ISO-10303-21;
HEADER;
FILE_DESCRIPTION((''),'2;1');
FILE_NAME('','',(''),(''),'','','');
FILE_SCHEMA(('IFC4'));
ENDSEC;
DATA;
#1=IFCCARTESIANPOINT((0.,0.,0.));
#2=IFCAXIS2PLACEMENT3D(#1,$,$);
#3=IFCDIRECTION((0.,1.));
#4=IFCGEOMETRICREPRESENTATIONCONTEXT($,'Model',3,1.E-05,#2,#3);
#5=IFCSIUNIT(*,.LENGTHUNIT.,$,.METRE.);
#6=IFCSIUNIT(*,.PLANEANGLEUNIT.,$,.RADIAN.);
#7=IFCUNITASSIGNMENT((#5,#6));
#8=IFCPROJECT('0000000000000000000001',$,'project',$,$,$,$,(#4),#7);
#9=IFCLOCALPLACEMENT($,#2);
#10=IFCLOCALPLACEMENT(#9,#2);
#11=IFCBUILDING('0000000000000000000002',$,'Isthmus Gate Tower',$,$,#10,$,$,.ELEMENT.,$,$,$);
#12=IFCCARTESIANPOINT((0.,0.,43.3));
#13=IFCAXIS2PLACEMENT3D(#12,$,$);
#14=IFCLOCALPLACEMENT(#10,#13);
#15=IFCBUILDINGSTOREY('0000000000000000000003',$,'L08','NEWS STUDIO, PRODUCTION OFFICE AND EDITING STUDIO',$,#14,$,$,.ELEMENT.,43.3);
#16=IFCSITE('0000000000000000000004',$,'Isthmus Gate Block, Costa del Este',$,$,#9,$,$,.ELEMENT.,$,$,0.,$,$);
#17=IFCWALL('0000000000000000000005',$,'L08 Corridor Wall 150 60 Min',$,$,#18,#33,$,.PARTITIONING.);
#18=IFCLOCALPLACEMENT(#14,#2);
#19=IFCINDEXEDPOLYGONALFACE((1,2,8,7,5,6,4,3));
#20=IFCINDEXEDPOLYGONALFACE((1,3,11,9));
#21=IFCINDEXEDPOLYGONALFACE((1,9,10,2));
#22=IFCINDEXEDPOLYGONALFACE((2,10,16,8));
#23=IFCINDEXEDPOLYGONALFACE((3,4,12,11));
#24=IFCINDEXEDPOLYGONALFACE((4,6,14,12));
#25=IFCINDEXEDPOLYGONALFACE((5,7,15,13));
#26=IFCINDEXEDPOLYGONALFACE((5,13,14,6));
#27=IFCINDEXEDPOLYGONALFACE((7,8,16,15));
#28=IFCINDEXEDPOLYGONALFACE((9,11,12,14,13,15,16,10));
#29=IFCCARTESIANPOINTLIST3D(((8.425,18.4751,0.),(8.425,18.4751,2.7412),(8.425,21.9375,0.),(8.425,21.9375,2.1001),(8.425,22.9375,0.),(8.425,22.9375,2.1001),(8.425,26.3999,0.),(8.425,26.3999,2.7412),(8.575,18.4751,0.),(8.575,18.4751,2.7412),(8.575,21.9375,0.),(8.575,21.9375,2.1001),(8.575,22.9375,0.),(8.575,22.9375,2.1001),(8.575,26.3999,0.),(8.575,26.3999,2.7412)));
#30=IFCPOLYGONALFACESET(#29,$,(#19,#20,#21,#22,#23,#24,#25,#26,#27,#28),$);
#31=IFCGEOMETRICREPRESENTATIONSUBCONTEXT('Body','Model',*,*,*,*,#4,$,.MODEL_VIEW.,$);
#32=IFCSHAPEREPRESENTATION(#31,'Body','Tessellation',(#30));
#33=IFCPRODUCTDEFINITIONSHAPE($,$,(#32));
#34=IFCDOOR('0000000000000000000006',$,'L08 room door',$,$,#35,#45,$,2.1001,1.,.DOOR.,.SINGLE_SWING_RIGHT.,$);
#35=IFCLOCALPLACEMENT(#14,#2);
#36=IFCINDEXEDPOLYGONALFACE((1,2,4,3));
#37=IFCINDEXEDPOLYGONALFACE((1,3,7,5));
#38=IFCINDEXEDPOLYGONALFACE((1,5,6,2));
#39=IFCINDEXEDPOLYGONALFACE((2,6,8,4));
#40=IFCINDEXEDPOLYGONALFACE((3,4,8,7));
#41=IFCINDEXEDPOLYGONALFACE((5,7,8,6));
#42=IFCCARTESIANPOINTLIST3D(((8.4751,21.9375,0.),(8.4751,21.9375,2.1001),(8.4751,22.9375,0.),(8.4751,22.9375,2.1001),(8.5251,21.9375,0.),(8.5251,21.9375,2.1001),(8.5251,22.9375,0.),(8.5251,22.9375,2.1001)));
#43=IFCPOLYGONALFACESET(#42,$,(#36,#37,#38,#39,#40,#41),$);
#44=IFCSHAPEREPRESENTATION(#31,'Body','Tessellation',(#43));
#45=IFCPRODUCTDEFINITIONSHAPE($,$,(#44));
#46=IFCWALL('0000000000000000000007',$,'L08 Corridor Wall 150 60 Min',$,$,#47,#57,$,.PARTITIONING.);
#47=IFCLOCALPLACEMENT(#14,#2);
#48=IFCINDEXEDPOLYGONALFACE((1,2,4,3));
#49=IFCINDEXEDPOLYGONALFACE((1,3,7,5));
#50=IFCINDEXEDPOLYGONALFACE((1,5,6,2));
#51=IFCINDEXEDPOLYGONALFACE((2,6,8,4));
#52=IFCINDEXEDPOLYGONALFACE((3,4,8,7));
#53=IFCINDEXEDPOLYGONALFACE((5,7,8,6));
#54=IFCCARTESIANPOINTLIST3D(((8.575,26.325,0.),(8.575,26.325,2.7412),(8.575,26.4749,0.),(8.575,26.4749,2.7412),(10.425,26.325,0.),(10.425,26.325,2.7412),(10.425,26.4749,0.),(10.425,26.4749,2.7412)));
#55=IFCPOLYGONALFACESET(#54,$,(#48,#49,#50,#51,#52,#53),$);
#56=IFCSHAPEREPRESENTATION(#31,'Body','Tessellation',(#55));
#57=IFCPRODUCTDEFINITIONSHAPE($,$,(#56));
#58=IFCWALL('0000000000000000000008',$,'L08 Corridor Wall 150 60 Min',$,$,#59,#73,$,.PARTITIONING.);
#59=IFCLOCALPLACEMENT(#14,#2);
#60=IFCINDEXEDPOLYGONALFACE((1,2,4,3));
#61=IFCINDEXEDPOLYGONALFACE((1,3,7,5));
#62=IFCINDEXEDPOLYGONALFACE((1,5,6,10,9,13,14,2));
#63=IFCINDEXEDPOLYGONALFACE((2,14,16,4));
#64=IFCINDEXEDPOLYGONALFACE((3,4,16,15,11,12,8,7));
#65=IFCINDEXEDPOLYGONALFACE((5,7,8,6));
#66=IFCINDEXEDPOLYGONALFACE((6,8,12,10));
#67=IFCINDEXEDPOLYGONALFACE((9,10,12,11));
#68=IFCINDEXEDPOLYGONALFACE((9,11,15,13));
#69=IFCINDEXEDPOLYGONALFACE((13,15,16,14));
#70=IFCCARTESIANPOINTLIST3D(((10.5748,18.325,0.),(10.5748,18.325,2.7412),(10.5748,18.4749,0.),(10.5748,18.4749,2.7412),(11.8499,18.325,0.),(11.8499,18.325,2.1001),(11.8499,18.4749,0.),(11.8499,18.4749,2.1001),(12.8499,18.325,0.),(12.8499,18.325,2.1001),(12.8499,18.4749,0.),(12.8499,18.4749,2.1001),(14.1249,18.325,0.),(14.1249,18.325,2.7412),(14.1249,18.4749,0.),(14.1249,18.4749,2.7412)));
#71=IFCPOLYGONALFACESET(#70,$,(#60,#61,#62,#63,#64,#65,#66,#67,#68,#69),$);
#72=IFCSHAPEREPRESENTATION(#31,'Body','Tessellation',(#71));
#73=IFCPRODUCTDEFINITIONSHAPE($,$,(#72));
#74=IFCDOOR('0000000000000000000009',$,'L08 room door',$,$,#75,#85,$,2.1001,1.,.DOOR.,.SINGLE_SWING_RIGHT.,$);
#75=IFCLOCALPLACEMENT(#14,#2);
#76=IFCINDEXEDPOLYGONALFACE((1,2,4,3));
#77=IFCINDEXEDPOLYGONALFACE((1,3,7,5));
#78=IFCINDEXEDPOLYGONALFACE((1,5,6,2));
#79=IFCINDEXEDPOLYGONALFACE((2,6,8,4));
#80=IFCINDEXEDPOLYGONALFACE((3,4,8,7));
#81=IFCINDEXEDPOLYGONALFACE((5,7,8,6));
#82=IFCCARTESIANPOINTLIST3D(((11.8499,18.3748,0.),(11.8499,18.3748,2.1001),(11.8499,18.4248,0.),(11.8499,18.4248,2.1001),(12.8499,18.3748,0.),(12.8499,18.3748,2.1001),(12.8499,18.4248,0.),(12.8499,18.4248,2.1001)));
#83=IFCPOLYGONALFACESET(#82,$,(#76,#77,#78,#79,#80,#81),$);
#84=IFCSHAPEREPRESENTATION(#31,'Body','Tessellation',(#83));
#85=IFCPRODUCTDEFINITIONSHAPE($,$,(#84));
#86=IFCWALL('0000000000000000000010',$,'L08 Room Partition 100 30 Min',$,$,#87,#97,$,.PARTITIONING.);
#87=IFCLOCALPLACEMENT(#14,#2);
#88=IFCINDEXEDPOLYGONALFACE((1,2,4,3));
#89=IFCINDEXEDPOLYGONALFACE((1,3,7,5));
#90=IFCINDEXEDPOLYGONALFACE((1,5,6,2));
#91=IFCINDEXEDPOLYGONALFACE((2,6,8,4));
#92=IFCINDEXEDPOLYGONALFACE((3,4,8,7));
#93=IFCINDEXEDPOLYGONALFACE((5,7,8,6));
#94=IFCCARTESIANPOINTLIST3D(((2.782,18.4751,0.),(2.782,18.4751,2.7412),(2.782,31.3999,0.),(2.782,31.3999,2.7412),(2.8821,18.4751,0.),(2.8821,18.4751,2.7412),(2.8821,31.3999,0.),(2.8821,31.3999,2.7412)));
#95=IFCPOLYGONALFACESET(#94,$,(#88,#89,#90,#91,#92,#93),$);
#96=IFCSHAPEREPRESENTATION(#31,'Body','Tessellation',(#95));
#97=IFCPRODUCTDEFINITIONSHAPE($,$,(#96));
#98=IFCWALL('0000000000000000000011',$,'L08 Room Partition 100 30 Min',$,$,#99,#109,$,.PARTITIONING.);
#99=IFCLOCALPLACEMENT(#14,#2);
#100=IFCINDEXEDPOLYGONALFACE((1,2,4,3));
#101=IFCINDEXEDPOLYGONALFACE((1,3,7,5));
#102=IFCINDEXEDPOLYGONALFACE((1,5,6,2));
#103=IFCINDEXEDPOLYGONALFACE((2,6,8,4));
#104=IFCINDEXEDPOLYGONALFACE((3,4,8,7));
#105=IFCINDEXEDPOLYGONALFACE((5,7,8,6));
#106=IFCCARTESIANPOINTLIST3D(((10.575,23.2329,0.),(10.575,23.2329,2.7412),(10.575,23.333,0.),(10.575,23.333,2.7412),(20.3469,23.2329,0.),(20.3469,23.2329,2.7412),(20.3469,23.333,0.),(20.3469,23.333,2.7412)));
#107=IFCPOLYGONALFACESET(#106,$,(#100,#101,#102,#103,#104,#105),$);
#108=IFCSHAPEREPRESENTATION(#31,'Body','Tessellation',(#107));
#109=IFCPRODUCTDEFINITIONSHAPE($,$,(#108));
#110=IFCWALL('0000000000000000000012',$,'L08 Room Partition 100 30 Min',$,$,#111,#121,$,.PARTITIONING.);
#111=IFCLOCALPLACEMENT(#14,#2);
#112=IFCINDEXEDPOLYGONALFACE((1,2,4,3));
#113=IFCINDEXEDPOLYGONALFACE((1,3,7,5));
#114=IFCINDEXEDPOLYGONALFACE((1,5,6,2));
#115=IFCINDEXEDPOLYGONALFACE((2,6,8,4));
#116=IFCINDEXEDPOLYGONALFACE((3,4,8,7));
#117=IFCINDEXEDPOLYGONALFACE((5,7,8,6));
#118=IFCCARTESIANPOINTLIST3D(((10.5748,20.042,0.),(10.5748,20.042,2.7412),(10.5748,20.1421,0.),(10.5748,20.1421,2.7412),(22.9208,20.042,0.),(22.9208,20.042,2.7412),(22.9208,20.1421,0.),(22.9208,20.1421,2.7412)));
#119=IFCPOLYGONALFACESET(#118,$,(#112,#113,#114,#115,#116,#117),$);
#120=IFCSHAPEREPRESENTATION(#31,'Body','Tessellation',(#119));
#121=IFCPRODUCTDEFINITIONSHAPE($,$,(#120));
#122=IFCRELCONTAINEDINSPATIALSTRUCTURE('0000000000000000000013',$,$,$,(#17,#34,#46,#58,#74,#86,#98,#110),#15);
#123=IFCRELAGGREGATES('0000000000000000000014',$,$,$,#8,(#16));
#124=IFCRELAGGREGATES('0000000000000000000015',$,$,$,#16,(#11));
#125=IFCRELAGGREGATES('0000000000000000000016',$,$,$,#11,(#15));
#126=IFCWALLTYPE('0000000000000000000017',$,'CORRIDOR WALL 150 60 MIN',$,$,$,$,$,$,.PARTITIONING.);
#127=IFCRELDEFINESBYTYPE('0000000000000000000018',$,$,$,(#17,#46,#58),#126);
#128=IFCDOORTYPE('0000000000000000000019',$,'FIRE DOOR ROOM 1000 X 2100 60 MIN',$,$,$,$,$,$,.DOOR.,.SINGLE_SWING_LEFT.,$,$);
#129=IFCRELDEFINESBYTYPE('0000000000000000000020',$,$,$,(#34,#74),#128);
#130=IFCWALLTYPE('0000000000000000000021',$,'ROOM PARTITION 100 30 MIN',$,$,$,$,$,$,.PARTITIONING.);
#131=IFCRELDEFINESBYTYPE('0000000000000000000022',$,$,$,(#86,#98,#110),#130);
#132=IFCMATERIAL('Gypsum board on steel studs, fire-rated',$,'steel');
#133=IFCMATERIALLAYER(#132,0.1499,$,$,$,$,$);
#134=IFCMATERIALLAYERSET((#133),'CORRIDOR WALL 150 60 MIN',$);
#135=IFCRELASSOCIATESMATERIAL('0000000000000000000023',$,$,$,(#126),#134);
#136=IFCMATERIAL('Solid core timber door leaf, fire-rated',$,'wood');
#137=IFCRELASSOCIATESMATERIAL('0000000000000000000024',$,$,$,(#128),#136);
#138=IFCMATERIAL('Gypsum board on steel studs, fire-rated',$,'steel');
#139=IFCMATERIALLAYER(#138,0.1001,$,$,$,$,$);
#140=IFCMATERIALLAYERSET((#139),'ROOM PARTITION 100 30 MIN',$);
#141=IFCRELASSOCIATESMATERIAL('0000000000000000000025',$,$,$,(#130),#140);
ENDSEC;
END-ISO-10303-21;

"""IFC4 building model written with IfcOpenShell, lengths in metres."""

from ifc_helpers import new_model, si_unit, direction, frame, frame_2d, origin, place, context, subcontext, project, spatial, rectangle, extrude, material, layer, layer_set, type_object, element, fill, save


model = new_model("IFC4")

# Units and contexts
model_context = context("Model", 3, precision=1e-05, world=origin(), true_north=direction((0.0, 1.0)))
body_context = subcontext(model_context, "Body", "Model", "MODEL_VIEW")
ifc_project = project(units=[si_unit("LENGTHUNIT", "METRE"), si_unit("PLANEANGLEUNIT", "RADIAN")], contexts=[model_context])

# Site, building, storey
site_placement = place(None, origin())
site = spatial("IfcSite", under=ifc_project, at=site_placement, Name="Isthmus Gate Block, Costa del Este", CompositionType="ELEMENT", RefElevation=0.0)
building_placement = place(site_placement, origin())
building = spatial("IfcBuilding", under=site, at=building_placement, Name="Isthmus Gate Tower", CompositionType="ELEMENT")
storey_placement = place(building_placement, frame((0.0, 0.0, 43.3)))
storey = spatial("IfcBuildingStorey", under=building, at=storey_placement, Name="L08", Description="NEWS STUDIO, PRODUCTION OFFICE AND EDITING STUDIO", CompositionType="ELEMENT", Elevation=43.3)

# Shared definitions
ifc_material_1 = material(Name="Gypsum board on steel studs, fire-rated", Category="steel")
ifc_layer_1 = layer(ifc_material_1, 0.1499)
ifc_layer_set_1 = layer_set([ifc_layer_1], Name="CORRIDOR WALL 150 60 MIN")
wall_type_1 = type_object("IfcWallType", Name="CORRIDOR WALL 150 60 MIN", PredefinedType="PARTITIONING", material=ifc_layer_set_1)

# Shared definitions
ifc_material_2 = material(Name="Solid core timber door leaf, fire-rated", Category="wood")
door_type = type_object("IfcDoorType", Name="FIRE DOOR ROOM 1000 X 2100 60 MIN", OperationType="SINGLE_SWING_LEFT", PredefinedType="DOOR", material=ifc_material_2)

# Wall, opening, door
wall_1_placement = place(storey_placement, frame((8.5, 18.4751, 0.0), z_axis=(0.0, 0.0, 1.0), x_axis=(0.0, 1.0, 0.0)))
wall_1 = element("IfcWall", 1, at=wall_1_placement, inside=storey, type_object=wall_type_1, Name="L08 Corridor Wall 150 60 Min", PredefinedType="PARTITIONING", context=body_context, shape_type="SweptSolid", body=[
    extrude(rectangle(XDim=7.9248, YDim=0.1499, at=frame_2d((3.9624, 0.0))), origin(), (0.0, 0.0, 1.0), 2.7412),
])
opening_1_placement = place(wall_1_placement, frame((3.4624, 0.0, 0.0)))
opening_1 = element("IfcOpeningElement", 2, at=opening_1_placement, cuts=wall_1, PredefinedType="OPENING", context=body_context, shape_type="SweptSolid", body=[
    extrude(rectangle(XDim=1.0, YDim=2.1001, at=frame_2d((0.5, 1.05))), frame((0.0, 0.085, 0.0), z_axis=(0.0, -1.0, 0.0), x_axis=(1.0, 0.0, 0.0)), (0.0, 0.0, 1.0), 0.1699),
])
door_1_placement = place(opening_1_placement, origin())
door_1 = element("IfcDoor", 3, at=door_1_placement, inside=storey, type_object=door_type, Name="L08 room door", OperationType="SINGLE_SWING_RIGHT", OverallHeight=2.1001, OverallWidth=1.0, PredefinedType="DOOR", context=body_context, shape_type="SweptSolid", body=[
    extrude(rectangle(XDim=1.0, YDim=2.1001, at=frame_2d((0.5, 1.05))), frame((0.0, 0.0249, 0.0), z_axis=(0.0, -1.0, 0.0), x_axis=(1.0, 0.0, 0.0)), (0.0, 0.0, 1.0), 0.05),
])
fill(opening_1, door_1)

# Wall
wall_2_placement = place(storey_placement, frame((8.575, 26.3999, 0.0), z_axis=(0.0, 0.0, 1.0), x_axis=(1.0, 0.0, 0.0)))
element("IfcWall", 4, at=wall_2_placement, inside=storey, type_object=wall_type_1, Name="L08 Corridor Wall 150 60 Min", PredefinedType="PARTITIONING", context=body_context, shape_type="SweptSolid", body=[
    extrude(rectangle(XDim=1.8501, YDim=0.1499, at=frame_2d((0.925, 0.0))), origin(), (0.0, 0.0, 1.0), 2.7412),
])

# Wall, opening, door
wall_3_placement = place(storey_placement, frame((10.575, 18.3999, 0.0), z_axis=(0.0, 0.0, 1.0), x_axis=(1.0, 0.0, 0.0)))
wall_3 = element("IfcWall", 5, at=wall_3_placement, inside=storey, type_object=wall_type_1, Name="L08 Corridor Wall 150 60 Min", PredefinedType="PARTITIONING", context=body_context, shape_type="SweptSolid", body=[
    extrude(rectangle(XDim=3.55, YDim=0.1499, at=frame_2d((1.7749, 0.0))), origin(), (0.0, 0.0, 1.0), 2.7412),
])
opening_2_placement = place(wall_3_placement, frame((1.2749, 0.0, 0.0)))
opening_2 = element("IfcOpeningElement", 6, at=opening_2_placement, cuts=wall_3, PredefinedType="OPENING", context=body_context, shape_type="SweptSolid", body=[
    extrude(rectangle(XDim=1.0, YDim=2.1001, at=frame_2d((0.5, 1.05))), frame((0.0, 0.085, 0.0), z_axis=(0.0, -1.0, 0.0), x_axis=(1.0, 0.0, 0.0)), (0.0, 0.0, 1.0), 0.1699),
])
door_2_placement = place(opening_2_placement, origin())
door_2 = element("IfcDoor", 7, at=door_2_placement, inside=storey, type_object=door_type, Name="L08 room door", OperationType="SINGLE_SWING_RIGHT", OverallHeight=2.1001, OverallWidth=1.0, PredefinedType="DOOR", context=body_context, shape_type="SweptSolid", body=[
    extrude(rectangle(XDim=1.0, YDim=2.1001, at=frame_2d((0.5, 1.05))), frame((0.0, 0.0249, 0.0), z_axis=(0.0, -1.0, 0.0), x_axis=(1.0, 0.0, 0.0)), (0.0, 0.0, 1.0), 0.05),
])
fill(opening_2, door_2)

# Walls
ifc_material_3 = material(Name="Gypsum board on steel studs, fire-rated", Category="steel")
ifc_layer_2 = layer(ifc_material_3, 0.1001)
ifc_layer_set_2 = layer_set([ifc_layer_2], Name="ROOM PARTITION 100 30 MIN")
wall_type_2 = type_object("IfcWallType", Name="ROOM PARTITION 100 30 MIN", PredefinedType="PARTITIONING", material=ifc_layer_set_2)
wall_4_placement = place(storey_placement, frame((2.832, 18.4751, 0.0), z_axis=(0.0, 0.0, 1.0), x_axis=(0.0, 1.0, 0.0)))
element("IfcWall", 8, at=wall_4_placement, inside=storey, type_object=wall_type_2, Name="L08 Room Partition 100 30 Min", PredefinedType="PARTITIONING", context=body_context, shape_type="SweptSolid", body=[
    extrude(rectangle(XDim=12.9248, YDim=0.1001, at=frame_2d((6.4624, 0.0))), origin(), (0.0, 0.0, 1.0), 2.7412),
])
wall_5_placement = place(storey_placement, frame((10.575, 23.283, 0.0), z_axis=(0.0, 0.0, 1.0), x_axis=(1.0, 0.0, 0.0)))
element("IfcWall", 9, at=wall_5_placement, inside=storey, type_object=wall_type_2, Name="L08 Room Partition 100 30 Min", PredefinedType="PARTITIONING", context=body_context, shape_type="SweptSolid", body=[
    extrude(rectangle(XDim=9.772, YDim=0.1001, at=frame_2d((4.886, 0.0))), origin(), (0.0, 0.0, 1.0), 2.7412),
])
wall_6_placement = place(storey_placement, frame((10.575, 20.092, 0.0), z_axis=(0.0, 0.0, 1.0), x_axis=(1.0, 0.0, 0.0)))
element("IfcWall", 10, at=wall_6_placement, inside=storey, type_object=wall_type_2, Name="L08 Room Partition 100 30 Min", PredefinedType="PARTITIONING", context=body_context, shape_type="SweptSolid", body=[
    extrude(rectangle(XDim=12.3459, YDim=0.1001, at=frame_2d((6.1729, 0.0))), origin(), (0.0, 0.0, 1.0), 2.7412),
])

save(model, "model.ifc")
